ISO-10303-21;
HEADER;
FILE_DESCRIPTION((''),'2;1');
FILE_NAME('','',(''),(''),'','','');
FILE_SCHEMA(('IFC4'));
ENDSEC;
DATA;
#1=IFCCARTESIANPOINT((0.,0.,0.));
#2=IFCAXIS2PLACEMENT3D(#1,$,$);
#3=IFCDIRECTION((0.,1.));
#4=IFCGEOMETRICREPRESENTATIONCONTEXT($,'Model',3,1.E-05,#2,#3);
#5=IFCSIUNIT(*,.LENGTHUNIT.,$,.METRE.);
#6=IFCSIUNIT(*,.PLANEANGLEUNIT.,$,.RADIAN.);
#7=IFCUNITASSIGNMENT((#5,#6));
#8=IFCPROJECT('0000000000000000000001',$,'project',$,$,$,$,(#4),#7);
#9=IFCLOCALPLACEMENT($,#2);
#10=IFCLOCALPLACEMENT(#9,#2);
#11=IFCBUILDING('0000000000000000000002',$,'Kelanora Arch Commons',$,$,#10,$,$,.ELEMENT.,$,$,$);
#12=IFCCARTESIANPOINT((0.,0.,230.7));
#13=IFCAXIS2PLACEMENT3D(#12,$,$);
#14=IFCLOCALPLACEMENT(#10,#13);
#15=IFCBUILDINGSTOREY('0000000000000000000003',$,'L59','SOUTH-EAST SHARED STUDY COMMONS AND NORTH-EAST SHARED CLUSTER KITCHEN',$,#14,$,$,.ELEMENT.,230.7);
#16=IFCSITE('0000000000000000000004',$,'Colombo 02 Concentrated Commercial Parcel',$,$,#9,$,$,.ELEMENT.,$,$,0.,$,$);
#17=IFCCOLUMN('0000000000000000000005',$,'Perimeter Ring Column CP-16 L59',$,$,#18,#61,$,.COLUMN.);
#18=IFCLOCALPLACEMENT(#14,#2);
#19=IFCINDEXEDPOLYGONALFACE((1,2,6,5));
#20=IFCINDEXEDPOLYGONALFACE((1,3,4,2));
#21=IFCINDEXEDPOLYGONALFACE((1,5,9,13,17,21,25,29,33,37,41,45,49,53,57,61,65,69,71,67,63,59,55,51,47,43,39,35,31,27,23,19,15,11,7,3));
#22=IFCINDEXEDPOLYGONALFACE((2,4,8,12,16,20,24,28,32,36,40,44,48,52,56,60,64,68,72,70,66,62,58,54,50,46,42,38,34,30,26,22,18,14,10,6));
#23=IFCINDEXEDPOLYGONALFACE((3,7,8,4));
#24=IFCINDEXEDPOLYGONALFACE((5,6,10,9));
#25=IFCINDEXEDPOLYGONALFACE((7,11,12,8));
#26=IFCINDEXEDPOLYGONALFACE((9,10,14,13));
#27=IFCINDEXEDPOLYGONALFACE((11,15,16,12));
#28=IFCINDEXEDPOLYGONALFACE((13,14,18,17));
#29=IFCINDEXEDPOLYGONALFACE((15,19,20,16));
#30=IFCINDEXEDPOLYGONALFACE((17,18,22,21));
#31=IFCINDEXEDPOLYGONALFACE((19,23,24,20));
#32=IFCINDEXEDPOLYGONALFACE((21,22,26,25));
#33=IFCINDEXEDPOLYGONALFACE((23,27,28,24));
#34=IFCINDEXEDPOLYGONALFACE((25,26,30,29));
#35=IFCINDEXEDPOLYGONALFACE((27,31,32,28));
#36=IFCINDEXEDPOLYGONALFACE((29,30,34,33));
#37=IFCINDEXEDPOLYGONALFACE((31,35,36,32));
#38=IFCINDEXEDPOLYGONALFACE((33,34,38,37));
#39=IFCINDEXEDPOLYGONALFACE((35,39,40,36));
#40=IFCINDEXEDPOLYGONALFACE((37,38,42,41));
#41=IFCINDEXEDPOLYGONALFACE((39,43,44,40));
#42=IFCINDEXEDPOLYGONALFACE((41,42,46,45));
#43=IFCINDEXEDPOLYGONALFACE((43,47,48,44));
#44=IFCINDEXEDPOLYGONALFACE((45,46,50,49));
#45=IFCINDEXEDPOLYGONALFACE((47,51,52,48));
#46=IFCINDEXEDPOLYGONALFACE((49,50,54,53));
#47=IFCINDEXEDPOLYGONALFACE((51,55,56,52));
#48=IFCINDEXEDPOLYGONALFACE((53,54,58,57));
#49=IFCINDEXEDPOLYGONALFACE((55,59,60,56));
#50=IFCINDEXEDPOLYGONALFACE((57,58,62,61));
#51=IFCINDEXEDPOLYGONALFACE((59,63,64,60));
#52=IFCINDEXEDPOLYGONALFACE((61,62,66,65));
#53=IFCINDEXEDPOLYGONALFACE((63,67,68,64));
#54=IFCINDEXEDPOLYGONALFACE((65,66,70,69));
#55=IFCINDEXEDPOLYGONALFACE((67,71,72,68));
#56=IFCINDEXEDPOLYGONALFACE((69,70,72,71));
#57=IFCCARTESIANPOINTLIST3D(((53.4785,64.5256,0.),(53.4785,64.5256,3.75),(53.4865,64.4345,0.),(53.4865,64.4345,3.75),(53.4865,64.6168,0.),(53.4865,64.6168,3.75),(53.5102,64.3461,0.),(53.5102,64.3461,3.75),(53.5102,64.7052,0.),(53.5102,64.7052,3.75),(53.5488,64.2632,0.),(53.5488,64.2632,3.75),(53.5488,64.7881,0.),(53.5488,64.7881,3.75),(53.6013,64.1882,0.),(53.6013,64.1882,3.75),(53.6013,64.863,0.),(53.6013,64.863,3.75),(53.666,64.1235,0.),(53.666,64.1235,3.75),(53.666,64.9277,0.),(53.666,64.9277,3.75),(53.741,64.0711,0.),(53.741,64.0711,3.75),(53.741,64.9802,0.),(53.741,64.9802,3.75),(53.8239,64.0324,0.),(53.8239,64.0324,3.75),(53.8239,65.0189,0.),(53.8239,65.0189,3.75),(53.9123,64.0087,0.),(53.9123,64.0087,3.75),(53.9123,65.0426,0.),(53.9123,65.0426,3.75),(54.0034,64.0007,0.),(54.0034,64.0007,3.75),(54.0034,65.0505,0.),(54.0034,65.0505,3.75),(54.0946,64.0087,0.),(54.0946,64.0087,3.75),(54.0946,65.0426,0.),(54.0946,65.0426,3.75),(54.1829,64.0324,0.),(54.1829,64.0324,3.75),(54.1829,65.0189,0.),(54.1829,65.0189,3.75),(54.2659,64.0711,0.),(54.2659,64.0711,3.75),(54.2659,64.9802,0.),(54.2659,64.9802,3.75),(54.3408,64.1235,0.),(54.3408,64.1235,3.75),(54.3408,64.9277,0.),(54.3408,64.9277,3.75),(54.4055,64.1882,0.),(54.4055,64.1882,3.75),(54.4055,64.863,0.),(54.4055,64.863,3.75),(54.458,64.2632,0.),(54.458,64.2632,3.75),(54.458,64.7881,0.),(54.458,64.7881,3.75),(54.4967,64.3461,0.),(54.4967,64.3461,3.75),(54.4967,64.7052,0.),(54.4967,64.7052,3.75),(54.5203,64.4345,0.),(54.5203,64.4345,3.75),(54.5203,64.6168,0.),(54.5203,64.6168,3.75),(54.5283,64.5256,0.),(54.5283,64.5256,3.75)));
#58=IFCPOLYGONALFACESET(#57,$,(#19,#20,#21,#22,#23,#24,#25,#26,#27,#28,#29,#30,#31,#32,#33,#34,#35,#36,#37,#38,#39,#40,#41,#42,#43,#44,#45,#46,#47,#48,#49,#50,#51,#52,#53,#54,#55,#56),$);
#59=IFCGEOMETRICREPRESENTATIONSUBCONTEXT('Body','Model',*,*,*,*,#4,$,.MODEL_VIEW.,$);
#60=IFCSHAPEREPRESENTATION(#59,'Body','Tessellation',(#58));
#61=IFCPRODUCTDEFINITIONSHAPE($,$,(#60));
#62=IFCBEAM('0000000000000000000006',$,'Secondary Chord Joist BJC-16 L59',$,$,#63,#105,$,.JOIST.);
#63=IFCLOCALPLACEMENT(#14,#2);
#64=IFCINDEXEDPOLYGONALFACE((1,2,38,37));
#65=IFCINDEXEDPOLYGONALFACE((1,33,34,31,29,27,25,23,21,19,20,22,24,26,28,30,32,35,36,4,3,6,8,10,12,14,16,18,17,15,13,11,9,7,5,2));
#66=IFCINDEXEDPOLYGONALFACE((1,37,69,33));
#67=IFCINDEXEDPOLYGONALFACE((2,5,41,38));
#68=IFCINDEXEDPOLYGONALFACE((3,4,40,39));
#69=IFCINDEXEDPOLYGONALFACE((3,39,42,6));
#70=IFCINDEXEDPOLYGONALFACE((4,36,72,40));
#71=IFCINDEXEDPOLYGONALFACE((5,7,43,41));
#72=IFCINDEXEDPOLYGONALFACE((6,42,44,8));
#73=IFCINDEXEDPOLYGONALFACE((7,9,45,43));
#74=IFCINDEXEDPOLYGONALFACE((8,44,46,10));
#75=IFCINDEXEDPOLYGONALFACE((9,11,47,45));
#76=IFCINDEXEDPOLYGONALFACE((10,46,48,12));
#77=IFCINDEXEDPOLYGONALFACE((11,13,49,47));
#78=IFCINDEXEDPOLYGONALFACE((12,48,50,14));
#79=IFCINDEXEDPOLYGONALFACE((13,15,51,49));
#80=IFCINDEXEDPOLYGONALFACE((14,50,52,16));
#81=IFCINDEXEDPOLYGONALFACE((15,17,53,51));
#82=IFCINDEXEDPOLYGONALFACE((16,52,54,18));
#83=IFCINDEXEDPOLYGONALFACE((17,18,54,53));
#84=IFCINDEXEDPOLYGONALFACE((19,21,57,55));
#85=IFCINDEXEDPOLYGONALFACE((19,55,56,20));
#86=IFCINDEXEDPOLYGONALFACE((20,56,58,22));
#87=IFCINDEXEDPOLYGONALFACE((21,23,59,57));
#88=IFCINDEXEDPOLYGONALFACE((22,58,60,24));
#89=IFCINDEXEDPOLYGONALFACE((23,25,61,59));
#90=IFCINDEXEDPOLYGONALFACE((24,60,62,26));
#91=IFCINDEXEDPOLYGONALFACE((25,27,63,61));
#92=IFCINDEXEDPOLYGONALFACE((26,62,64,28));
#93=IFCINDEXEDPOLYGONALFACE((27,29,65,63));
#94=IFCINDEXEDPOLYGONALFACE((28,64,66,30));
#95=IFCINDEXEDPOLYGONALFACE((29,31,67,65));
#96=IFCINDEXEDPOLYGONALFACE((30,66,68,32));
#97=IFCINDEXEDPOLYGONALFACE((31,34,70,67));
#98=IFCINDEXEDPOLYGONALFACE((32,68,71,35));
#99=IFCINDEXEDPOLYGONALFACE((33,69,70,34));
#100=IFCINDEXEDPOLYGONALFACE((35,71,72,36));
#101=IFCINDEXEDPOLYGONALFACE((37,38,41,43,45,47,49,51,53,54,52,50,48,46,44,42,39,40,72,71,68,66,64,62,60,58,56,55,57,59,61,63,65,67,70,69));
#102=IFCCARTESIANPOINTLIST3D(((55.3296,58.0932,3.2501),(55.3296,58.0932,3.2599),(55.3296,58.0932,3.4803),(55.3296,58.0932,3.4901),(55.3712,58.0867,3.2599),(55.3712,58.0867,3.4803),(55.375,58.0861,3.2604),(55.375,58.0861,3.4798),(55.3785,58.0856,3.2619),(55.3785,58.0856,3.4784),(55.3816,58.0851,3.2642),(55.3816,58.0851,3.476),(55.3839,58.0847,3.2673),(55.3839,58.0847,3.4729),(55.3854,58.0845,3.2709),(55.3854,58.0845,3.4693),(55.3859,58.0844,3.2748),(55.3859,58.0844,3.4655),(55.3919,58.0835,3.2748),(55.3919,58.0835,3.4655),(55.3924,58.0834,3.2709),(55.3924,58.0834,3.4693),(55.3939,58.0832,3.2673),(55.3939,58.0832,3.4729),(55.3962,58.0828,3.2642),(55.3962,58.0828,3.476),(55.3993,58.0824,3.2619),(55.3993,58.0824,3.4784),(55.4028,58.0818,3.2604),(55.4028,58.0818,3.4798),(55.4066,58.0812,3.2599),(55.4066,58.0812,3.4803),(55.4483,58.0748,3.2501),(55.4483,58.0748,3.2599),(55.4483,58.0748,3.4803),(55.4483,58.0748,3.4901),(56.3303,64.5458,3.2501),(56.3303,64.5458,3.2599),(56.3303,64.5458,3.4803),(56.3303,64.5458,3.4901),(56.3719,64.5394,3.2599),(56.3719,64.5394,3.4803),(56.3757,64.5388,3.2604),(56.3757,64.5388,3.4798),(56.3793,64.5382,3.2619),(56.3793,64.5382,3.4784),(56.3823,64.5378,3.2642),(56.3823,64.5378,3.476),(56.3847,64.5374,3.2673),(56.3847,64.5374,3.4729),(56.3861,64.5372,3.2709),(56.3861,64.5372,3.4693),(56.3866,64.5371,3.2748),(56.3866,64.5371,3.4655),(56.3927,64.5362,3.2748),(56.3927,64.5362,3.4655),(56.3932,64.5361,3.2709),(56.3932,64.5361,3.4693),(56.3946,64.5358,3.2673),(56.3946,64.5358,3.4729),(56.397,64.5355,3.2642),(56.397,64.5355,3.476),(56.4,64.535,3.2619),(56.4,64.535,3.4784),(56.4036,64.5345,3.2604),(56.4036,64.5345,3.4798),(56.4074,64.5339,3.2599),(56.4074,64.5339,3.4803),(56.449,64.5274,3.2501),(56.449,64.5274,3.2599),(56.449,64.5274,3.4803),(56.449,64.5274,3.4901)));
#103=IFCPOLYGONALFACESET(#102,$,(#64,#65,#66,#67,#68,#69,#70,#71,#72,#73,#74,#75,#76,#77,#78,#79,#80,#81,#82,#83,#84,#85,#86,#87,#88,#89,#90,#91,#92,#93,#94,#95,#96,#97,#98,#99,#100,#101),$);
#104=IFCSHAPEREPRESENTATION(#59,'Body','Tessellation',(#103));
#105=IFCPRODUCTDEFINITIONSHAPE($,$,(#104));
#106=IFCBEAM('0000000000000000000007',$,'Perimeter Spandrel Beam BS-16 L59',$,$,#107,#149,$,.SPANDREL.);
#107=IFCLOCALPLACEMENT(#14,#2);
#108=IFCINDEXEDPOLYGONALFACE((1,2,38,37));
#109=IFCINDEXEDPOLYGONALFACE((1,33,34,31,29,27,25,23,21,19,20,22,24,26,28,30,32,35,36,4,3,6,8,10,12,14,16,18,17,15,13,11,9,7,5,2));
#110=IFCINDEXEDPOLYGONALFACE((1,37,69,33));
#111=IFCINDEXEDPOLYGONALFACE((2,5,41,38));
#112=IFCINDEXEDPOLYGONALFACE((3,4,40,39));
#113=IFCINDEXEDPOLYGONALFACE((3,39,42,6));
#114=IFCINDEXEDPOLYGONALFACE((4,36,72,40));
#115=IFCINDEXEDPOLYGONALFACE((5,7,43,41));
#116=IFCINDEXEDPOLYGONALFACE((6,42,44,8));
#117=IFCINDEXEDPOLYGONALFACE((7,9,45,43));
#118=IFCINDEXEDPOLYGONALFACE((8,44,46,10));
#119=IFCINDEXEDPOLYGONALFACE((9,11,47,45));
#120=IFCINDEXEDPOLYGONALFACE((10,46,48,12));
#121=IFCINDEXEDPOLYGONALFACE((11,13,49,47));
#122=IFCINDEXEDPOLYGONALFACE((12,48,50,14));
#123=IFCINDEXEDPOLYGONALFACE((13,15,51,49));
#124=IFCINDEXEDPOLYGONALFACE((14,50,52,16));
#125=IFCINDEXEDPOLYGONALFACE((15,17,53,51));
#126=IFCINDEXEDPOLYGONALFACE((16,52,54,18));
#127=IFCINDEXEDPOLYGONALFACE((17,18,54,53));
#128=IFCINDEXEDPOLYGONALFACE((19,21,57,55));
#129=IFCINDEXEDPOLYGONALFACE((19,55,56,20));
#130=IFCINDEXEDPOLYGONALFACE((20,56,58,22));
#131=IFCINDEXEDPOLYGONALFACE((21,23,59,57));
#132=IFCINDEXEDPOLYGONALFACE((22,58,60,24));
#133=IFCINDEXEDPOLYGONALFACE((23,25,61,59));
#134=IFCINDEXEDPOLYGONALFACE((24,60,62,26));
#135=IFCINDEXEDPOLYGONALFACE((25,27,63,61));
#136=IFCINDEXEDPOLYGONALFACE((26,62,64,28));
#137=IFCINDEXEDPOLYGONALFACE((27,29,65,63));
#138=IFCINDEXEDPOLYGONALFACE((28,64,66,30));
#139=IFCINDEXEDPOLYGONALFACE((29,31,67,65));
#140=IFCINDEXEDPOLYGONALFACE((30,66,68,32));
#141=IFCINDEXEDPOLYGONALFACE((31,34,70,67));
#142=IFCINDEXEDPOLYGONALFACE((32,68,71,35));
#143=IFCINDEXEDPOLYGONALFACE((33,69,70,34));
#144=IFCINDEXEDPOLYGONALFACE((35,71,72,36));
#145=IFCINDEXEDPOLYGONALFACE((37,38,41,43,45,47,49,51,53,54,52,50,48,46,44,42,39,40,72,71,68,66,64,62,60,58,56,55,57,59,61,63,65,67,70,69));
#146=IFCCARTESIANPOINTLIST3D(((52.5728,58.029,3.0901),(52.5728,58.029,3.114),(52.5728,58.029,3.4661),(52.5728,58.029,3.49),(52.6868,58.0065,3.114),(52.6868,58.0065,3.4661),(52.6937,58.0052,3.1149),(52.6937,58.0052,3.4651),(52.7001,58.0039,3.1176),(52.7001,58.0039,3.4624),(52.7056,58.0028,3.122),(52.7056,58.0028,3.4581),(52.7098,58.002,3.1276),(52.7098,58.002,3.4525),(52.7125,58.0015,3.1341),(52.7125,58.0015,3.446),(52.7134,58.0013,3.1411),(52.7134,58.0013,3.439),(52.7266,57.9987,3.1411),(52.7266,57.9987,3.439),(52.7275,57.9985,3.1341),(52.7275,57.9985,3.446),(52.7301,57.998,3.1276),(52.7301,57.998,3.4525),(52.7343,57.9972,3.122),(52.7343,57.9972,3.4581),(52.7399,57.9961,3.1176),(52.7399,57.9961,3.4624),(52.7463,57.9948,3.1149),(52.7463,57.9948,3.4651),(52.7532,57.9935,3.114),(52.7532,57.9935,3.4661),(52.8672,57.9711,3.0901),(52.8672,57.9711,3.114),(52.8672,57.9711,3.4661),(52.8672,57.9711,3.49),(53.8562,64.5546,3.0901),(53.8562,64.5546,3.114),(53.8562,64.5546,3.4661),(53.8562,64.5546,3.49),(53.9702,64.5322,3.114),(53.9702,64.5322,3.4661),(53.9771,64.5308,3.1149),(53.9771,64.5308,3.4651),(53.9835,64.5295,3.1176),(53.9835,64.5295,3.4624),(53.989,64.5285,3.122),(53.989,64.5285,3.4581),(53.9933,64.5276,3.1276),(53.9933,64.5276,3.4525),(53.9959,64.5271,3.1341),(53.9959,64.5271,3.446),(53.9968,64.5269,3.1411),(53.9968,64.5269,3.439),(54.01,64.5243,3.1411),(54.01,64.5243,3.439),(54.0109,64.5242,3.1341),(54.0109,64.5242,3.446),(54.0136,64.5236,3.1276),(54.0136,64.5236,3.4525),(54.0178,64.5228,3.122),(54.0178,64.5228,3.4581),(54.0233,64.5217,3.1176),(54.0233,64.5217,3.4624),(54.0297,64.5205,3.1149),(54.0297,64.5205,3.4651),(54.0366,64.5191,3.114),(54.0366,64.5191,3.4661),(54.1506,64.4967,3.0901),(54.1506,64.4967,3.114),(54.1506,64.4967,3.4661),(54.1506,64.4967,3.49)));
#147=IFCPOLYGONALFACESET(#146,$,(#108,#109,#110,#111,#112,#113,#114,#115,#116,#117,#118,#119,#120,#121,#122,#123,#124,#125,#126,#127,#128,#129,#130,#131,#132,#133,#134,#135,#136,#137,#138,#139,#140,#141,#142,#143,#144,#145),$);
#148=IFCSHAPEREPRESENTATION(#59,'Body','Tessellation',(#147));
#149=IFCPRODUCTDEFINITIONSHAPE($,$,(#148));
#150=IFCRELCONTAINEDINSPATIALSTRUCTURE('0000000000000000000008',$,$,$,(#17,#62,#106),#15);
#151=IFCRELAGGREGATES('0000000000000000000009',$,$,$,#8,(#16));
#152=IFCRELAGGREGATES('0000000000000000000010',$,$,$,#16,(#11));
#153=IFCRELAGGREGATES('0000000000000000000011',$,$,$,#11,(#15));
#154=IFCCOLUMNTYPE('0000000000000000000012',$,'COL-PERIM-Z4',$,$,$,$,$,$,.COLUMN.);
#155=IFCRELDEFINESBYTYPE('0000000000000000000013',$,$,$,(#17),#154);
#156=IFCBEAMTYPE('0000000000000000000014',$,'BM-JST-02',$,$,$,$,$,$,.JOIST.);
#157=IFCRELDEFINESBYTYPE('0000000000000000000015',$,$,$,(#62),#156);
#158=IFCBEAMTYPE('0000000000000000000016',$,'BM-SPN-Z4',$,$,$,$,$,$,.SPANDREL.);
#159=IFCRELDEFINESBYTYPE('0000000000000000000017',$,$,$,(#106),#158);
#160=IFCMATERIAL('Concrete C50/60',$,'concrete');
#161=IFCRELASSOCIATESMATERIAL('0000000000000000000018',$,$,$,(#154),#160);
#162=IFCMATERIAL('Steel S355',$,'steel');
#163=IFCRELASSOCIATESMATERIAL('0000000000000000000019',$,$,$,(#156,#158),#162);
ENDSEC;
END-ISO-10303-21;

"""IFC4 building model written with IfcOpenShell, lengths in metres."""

from ifc_helpers import new_model, si_unit, direction, frame, origin, origin_2d, place, context, subcontext, project, spatial, circle, i_section, extrude, material, material_profile, profile_set, type_object, element, save


model = new_model("IFC4")

# Units and contexts
model_context = context("Model", 3, precision=1e-05, world=origin(), true_north=direction((0.0, 1.0)))
body_context = subcontext(model_context, "Body", "Model", "MODEL_VIEW")
ifc_project = project(units=[si_unit("LENGTHUNIT", "METRE"), si_unit("PLANEANGLEUNIT", "RADIAN")], contexts=[model_context])

# Site, building, storey
site_placement = place(None, origin())
site = spatial("IfcSite", under=ifc_project, at=site_placement, Name="Colombo 02 Concentrated Commercial Parcel", CompositionType="ELEMENT", RefElevation=0.0)
building_placement = place(site_placement, origin())
building = spatial("IfcBuilding", under=site, at=building_placement, Name="Kelanora Arch Commons", CompositionType="ELEMENT")
storey_placement = place(building_placement, frame((0.0, 0.0, 230.7)))
storey = spatial("IfcBuildingStorey", under=building, at=storey_placement, Name="L59", Description="SOUTH-EAST SHARED STUDY COMMONS AND NORTH-EAST SHARED CLUSTER KITCHEN", CompositionType="ELEMENT", Elevation=230.7)

# Column
ifc_material_1 = material(Name="Concrete C50/60", Category="concrete")
ifc_material_profile_1 = material_profile(ifc_material_1, circle(Radius=0.5249, at=origin_2d()), Name="RCC1050")
ifc_profile_set_1 = profile_set([ifc_material_profile_1], Name="Concrete C50/60")
column_type = type_object("IfcColumnType", Name="COL-PERIM-Z4", PredefinedType="COLUMN", material=ifc_profile_set_1)
column_placement = place(storey_placement, frame((54.0034, 64.5256, 0.0), z_axis=(0.0, 0.0, 1.0), x_axis=(1.0, 0.0, 0.0)))
element("IfcColumn", 1, at=column_placement, inside=storey, type_object=column_type, Name="Perimeter Ring Column CP-16 L59", PredefinedType="COLUMN", context=body_context, shape_type="SweptSolid", body=[
    extrude(circle(Radius=0.5249, at=origin_2d()), origin(), (0.0, 0.0, 1.0), 3.75),
])

# Beams
ifc_material_2 = material(Name="Steel S355", Category="steel")
ifc_material_profile_2 = material_profile(ifc_material_2, i_section(OverallWidth=0.1201, OverallDepth=0.24, WebThickness=0.0061, FlangeThickness=0.0098, FilletRadius=0.0149, at=origin_2d()), Name="IPE240")
ifc_profile_set_2 = profile_set([ifc_material_profile_2], Name="Steel S355")
beam_type_1 = type_object("IfcBeamType", Name="BM-JST-02", PredefinedType="JOIST", material=ifc_profile_set_2)
beam_1_placement = place(storey_placement, frame((56.3896, 64.5366, 3.3701), z_axis=(-0.153257, -0.988186, 0.0), x_axis=(0.988186, -0.153257, 0.0)))
element("IfcBeam", 2, at=beam_1_placement, inside=storey, type_object=beam_type_1, Name="Secondary Chord Joist BJC-16 L59", PredefinedType="JOIST", context=body_context, shape_type="SweptSolid", body=[
    extrude(i_section(OverallWidth=0.1201, OverallDepth=0.24, WebThickness=0.0061, FlangeThickness=0.0098, FilletRadius=0.0149, at=origin_2d()), origin(), (0.0, 0.0, 1.0), 6.5298),
])
ifc_material_profile_3 = material_profile(ifc_material_2, i_section(OverallWidth=0.3, OverallDepth=0.3999, WebThickness=0.0134, FlangeThickness=0.0239, FilletRadius=0.0271, at=origin_2d()), Name="HEB400")
ifc_profile_set_3 = profile_set([ifc_material_profile_3], Name="Steel S355")
beam_type_2 = type_object("IfcBeamType", Name="BM-SPN-Z4", PredefinedType="SPANDREL", material=ifc_profile_set_3)
beam_2_placement = place(storey_placement, frame((54.0034, 64.5256, 3.29), z_axis=(-0.192981, -0.981203, 0.0), x_axis=(0.981203, -0.192981, 0.0)))
element("IfcBeam", 3, at=beam_2_placement, inside=storey, type_object=beam_type_2, Name="Perimeter Spandrel Beam BS-16 L59", PredefinedType="SPANDREL", context=body_context, shape_type="SweptSolid", body=[
    extrude(i_section(OverallWidth=0.3, OverallDepth=0.3999, WebThickness=0.0134, FlangeThickness=0.0239, FilletRadius=0.0271, at=origin_2d()), origin(), (0.0, 0.0, 1.0), 6.6506),
])

save(model, "model.ifc")
